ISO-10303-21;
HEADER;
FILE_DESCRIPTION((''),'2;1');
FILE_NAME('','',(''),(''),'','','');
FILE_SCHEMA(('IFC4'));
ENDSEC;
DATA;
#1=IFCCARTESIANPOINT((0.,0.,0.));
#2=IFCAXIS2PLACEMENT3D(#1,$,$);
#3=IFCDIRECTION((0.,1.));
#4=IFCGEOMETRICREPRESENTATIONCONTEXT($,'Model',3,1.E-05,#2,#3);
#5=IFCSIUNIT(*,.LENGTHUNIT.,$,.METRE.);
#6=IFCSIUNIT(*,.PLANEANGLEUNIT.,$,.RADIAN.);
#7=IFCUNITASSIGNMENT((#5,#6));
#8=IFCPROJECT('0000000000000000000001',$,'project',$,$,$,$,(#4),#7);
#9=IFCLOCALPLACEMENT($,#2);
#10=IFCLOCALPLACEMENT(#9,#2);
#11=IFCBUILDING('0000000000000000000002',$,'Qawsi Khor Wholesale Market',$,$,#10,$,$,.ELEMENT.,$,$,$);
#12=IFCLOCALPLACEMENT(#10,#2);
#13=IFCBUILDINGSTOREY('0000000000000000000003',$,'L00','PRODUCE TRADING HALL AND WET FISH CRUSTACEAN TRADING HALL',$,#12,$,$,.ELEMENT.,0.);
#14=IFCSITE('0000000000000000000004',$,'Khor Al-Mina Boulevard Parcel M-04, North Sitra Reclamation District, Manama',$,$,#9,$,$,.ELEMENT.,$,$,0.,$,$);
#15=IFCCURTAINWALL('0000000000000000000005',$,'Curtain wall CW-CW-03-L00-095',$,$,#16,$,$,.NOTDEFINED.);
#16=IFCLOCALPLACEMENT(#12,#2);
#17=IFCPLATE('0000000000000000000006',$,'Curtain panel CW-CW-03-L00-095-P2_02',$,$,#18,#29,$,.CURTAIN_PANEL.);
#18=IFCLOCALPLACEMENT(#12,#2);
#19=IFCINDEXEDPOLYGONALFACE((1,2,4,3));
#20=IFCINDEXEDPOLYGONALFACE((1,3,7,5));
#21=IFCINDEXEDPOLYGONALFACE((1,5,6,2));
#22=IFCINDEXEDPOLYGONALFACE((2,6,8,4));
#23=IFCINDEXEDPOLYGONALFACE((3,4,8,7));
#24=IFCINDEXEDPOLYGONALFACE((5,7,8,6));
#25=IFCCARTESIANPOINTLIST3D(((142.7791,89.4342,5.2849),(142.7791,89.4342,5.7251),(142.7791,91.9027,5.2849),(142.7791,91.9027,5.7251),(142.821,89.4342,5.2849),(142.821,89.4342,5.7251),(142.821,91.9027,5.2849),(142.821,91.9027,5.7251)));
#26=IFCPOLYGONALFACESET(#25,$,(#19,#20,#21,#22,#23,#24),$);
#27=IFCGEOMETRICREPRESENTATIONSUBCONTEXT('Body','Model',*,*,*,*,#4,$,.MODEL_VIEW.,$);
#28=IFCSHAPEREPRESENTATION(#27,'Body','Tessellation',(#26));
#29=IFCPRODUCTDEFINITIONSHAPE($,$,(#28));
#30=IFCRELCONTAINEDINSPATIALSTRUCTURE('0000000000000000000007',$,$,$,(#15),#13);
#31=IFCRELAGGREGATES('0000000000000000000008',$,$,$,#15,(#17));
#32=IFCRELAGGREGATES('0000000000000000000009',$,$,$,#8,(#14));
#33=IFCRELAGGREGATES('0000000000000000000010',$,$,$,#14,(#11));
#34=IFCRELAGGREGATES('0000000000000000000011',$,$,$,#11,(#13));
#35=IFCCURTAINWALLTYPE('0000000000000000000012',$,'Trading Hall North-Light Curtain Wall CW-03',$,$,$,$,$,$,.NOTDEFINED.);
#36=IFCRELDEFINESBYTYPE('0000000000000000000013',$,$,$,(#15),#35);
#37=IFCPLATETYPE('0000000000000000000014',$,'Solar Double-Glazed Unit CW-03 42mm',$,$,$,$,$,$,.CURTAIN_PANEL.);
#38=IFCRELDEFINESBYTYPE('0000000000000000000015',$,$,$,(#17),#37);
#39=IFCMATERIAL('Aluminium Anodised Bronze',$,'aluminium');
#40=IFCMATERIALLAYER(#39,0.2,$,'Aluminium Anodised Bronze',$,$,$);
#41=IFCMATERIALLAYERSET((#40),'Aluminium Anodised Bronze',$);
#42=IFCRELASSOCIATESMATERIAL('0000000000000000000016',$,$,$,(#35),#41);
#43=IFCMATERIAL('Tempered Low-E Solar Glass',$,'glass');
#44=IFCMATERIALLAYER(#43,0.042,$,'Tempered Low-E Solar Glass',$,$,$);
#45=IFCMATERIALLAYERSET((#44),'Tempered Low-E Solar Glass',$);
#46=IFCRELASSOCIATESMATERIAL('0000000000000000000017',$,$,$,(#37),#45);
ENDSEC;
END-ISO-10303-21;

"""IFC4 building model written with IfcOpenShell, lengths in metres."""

from ifc_helpers import new_model, si_unit, direction, frame, frame_2d, origin, place, context, subcontext, project, spatial, rectangle, extrude, material, layer, layer_set, type_object, element, aggregate, save


model = new_model("IFC4")

# Units and contexts
model_context = context("Model", 3, precision=1e-05, world=origin(), true_north=direction((0.0, 1.0)))
body_context = subcontext(model_context, "Body", "Model", "MODEL_VIEW")
ifc_project = project(units=[si_unit("LENGTHUNIT", "METRE"), si_unit("PLANEANGLEUNIT", "RADIAN")], contexts=[model_context])

# Site, building, storey
site_placement = place(None, origin())
site = spatial("IfcSite", under=ifc_project, at=site_placement, Name="Khor Al-Mina Boulevard Parcel M-04, North Sitra Reclamation District, Manama", CompositionType="ELEMENT", RefElevation=0.0)
building_placement = place(site_placement, origin())
building = spatial("IfcBuilding", under=site, at=building_placement, Name="Qawsi Khor Wholesale Market", CompositionType="ELEMENT")
storey_placement = place(building_placement, origin())
storey = spatial("IfcBuildingStorey", under=building, at=storey_placement, Name="L00", Description="PRODUCE TRADING HALL AND WET FISH CRUSTACEAN TRADING HALL", CompositionType="ELEMENT", Elevation=0.0)

# Curtain wall, plate
ifc_material_1 = material(Name="Aluminium Anodised Bronze", Category="aluminium")
ifc_layer_1 = layer(ifc_material_1, 0.2, Name="Aluminium Anodised Bronze")
ifc_layer_set_1 = layer_set([ifc_layer_1], Name="Aluminium Anodised Bronze")
curtain_wall_type = type_object("IfcCurtainWallType", Name="Trading Hall North-Light Curtain Wall CW-03", PredefinedType="NOTDEFINED", material=ifc_layer_set_1)
curtain_wall_placement = place(storey_placement, origin())
curtain_wall = element("IfcCurtainWall", 1, at=curtain_wall_placement, inside=storey, type_object=curtain_wall_type, Name="Curtain wall CW-CW-03-L00-095", PredefinedType="NOTDEFINED")
ifc_material_2 = material(Name="Tempered Low-E Solar Glass", Category="glass")
ifc_layer_2 = layer(ifc_material_2, 0.042, Name="Tempered Low-E Solar Glass")
ifc_layer_set_2 = layer_set([ifc_layer_2], Name="Tempered Low-E Solar Glass")
plate_type_1 = type_object("IfcPlateType", Name="Solar Double-Glazed Unit CW-03 42mm", PredefinedType="CURTAIN_PANEL", material=ifc_layer_set_2)
plate_1_placement = place(storey_placement, frame((142.8, 89.4341, 5.2849), z_axis=(0.0, 0.0, 1.0), x_axis=(0.0, 1.0, 0.0)))
plate_1 = element("IfcPlate", 2, at=plate_1_placement, type_object=plate_type_1, Name="Curtain panel CW-CW-03-L00-095-P2_02", PredefinedType="CURTAIN_PANEL", context=body_context, shape_type="SweptSolid", body=[
    extrude(rectangle(XDim=2.4685, YDim=0.042, at=frame_2d((1.2344, 0.0))), origin(), (0.0, 0.0, 1.0), 0.4402),
])
aggregate(curtain_wall, [plate_1])

save(model, "model.ifc")
